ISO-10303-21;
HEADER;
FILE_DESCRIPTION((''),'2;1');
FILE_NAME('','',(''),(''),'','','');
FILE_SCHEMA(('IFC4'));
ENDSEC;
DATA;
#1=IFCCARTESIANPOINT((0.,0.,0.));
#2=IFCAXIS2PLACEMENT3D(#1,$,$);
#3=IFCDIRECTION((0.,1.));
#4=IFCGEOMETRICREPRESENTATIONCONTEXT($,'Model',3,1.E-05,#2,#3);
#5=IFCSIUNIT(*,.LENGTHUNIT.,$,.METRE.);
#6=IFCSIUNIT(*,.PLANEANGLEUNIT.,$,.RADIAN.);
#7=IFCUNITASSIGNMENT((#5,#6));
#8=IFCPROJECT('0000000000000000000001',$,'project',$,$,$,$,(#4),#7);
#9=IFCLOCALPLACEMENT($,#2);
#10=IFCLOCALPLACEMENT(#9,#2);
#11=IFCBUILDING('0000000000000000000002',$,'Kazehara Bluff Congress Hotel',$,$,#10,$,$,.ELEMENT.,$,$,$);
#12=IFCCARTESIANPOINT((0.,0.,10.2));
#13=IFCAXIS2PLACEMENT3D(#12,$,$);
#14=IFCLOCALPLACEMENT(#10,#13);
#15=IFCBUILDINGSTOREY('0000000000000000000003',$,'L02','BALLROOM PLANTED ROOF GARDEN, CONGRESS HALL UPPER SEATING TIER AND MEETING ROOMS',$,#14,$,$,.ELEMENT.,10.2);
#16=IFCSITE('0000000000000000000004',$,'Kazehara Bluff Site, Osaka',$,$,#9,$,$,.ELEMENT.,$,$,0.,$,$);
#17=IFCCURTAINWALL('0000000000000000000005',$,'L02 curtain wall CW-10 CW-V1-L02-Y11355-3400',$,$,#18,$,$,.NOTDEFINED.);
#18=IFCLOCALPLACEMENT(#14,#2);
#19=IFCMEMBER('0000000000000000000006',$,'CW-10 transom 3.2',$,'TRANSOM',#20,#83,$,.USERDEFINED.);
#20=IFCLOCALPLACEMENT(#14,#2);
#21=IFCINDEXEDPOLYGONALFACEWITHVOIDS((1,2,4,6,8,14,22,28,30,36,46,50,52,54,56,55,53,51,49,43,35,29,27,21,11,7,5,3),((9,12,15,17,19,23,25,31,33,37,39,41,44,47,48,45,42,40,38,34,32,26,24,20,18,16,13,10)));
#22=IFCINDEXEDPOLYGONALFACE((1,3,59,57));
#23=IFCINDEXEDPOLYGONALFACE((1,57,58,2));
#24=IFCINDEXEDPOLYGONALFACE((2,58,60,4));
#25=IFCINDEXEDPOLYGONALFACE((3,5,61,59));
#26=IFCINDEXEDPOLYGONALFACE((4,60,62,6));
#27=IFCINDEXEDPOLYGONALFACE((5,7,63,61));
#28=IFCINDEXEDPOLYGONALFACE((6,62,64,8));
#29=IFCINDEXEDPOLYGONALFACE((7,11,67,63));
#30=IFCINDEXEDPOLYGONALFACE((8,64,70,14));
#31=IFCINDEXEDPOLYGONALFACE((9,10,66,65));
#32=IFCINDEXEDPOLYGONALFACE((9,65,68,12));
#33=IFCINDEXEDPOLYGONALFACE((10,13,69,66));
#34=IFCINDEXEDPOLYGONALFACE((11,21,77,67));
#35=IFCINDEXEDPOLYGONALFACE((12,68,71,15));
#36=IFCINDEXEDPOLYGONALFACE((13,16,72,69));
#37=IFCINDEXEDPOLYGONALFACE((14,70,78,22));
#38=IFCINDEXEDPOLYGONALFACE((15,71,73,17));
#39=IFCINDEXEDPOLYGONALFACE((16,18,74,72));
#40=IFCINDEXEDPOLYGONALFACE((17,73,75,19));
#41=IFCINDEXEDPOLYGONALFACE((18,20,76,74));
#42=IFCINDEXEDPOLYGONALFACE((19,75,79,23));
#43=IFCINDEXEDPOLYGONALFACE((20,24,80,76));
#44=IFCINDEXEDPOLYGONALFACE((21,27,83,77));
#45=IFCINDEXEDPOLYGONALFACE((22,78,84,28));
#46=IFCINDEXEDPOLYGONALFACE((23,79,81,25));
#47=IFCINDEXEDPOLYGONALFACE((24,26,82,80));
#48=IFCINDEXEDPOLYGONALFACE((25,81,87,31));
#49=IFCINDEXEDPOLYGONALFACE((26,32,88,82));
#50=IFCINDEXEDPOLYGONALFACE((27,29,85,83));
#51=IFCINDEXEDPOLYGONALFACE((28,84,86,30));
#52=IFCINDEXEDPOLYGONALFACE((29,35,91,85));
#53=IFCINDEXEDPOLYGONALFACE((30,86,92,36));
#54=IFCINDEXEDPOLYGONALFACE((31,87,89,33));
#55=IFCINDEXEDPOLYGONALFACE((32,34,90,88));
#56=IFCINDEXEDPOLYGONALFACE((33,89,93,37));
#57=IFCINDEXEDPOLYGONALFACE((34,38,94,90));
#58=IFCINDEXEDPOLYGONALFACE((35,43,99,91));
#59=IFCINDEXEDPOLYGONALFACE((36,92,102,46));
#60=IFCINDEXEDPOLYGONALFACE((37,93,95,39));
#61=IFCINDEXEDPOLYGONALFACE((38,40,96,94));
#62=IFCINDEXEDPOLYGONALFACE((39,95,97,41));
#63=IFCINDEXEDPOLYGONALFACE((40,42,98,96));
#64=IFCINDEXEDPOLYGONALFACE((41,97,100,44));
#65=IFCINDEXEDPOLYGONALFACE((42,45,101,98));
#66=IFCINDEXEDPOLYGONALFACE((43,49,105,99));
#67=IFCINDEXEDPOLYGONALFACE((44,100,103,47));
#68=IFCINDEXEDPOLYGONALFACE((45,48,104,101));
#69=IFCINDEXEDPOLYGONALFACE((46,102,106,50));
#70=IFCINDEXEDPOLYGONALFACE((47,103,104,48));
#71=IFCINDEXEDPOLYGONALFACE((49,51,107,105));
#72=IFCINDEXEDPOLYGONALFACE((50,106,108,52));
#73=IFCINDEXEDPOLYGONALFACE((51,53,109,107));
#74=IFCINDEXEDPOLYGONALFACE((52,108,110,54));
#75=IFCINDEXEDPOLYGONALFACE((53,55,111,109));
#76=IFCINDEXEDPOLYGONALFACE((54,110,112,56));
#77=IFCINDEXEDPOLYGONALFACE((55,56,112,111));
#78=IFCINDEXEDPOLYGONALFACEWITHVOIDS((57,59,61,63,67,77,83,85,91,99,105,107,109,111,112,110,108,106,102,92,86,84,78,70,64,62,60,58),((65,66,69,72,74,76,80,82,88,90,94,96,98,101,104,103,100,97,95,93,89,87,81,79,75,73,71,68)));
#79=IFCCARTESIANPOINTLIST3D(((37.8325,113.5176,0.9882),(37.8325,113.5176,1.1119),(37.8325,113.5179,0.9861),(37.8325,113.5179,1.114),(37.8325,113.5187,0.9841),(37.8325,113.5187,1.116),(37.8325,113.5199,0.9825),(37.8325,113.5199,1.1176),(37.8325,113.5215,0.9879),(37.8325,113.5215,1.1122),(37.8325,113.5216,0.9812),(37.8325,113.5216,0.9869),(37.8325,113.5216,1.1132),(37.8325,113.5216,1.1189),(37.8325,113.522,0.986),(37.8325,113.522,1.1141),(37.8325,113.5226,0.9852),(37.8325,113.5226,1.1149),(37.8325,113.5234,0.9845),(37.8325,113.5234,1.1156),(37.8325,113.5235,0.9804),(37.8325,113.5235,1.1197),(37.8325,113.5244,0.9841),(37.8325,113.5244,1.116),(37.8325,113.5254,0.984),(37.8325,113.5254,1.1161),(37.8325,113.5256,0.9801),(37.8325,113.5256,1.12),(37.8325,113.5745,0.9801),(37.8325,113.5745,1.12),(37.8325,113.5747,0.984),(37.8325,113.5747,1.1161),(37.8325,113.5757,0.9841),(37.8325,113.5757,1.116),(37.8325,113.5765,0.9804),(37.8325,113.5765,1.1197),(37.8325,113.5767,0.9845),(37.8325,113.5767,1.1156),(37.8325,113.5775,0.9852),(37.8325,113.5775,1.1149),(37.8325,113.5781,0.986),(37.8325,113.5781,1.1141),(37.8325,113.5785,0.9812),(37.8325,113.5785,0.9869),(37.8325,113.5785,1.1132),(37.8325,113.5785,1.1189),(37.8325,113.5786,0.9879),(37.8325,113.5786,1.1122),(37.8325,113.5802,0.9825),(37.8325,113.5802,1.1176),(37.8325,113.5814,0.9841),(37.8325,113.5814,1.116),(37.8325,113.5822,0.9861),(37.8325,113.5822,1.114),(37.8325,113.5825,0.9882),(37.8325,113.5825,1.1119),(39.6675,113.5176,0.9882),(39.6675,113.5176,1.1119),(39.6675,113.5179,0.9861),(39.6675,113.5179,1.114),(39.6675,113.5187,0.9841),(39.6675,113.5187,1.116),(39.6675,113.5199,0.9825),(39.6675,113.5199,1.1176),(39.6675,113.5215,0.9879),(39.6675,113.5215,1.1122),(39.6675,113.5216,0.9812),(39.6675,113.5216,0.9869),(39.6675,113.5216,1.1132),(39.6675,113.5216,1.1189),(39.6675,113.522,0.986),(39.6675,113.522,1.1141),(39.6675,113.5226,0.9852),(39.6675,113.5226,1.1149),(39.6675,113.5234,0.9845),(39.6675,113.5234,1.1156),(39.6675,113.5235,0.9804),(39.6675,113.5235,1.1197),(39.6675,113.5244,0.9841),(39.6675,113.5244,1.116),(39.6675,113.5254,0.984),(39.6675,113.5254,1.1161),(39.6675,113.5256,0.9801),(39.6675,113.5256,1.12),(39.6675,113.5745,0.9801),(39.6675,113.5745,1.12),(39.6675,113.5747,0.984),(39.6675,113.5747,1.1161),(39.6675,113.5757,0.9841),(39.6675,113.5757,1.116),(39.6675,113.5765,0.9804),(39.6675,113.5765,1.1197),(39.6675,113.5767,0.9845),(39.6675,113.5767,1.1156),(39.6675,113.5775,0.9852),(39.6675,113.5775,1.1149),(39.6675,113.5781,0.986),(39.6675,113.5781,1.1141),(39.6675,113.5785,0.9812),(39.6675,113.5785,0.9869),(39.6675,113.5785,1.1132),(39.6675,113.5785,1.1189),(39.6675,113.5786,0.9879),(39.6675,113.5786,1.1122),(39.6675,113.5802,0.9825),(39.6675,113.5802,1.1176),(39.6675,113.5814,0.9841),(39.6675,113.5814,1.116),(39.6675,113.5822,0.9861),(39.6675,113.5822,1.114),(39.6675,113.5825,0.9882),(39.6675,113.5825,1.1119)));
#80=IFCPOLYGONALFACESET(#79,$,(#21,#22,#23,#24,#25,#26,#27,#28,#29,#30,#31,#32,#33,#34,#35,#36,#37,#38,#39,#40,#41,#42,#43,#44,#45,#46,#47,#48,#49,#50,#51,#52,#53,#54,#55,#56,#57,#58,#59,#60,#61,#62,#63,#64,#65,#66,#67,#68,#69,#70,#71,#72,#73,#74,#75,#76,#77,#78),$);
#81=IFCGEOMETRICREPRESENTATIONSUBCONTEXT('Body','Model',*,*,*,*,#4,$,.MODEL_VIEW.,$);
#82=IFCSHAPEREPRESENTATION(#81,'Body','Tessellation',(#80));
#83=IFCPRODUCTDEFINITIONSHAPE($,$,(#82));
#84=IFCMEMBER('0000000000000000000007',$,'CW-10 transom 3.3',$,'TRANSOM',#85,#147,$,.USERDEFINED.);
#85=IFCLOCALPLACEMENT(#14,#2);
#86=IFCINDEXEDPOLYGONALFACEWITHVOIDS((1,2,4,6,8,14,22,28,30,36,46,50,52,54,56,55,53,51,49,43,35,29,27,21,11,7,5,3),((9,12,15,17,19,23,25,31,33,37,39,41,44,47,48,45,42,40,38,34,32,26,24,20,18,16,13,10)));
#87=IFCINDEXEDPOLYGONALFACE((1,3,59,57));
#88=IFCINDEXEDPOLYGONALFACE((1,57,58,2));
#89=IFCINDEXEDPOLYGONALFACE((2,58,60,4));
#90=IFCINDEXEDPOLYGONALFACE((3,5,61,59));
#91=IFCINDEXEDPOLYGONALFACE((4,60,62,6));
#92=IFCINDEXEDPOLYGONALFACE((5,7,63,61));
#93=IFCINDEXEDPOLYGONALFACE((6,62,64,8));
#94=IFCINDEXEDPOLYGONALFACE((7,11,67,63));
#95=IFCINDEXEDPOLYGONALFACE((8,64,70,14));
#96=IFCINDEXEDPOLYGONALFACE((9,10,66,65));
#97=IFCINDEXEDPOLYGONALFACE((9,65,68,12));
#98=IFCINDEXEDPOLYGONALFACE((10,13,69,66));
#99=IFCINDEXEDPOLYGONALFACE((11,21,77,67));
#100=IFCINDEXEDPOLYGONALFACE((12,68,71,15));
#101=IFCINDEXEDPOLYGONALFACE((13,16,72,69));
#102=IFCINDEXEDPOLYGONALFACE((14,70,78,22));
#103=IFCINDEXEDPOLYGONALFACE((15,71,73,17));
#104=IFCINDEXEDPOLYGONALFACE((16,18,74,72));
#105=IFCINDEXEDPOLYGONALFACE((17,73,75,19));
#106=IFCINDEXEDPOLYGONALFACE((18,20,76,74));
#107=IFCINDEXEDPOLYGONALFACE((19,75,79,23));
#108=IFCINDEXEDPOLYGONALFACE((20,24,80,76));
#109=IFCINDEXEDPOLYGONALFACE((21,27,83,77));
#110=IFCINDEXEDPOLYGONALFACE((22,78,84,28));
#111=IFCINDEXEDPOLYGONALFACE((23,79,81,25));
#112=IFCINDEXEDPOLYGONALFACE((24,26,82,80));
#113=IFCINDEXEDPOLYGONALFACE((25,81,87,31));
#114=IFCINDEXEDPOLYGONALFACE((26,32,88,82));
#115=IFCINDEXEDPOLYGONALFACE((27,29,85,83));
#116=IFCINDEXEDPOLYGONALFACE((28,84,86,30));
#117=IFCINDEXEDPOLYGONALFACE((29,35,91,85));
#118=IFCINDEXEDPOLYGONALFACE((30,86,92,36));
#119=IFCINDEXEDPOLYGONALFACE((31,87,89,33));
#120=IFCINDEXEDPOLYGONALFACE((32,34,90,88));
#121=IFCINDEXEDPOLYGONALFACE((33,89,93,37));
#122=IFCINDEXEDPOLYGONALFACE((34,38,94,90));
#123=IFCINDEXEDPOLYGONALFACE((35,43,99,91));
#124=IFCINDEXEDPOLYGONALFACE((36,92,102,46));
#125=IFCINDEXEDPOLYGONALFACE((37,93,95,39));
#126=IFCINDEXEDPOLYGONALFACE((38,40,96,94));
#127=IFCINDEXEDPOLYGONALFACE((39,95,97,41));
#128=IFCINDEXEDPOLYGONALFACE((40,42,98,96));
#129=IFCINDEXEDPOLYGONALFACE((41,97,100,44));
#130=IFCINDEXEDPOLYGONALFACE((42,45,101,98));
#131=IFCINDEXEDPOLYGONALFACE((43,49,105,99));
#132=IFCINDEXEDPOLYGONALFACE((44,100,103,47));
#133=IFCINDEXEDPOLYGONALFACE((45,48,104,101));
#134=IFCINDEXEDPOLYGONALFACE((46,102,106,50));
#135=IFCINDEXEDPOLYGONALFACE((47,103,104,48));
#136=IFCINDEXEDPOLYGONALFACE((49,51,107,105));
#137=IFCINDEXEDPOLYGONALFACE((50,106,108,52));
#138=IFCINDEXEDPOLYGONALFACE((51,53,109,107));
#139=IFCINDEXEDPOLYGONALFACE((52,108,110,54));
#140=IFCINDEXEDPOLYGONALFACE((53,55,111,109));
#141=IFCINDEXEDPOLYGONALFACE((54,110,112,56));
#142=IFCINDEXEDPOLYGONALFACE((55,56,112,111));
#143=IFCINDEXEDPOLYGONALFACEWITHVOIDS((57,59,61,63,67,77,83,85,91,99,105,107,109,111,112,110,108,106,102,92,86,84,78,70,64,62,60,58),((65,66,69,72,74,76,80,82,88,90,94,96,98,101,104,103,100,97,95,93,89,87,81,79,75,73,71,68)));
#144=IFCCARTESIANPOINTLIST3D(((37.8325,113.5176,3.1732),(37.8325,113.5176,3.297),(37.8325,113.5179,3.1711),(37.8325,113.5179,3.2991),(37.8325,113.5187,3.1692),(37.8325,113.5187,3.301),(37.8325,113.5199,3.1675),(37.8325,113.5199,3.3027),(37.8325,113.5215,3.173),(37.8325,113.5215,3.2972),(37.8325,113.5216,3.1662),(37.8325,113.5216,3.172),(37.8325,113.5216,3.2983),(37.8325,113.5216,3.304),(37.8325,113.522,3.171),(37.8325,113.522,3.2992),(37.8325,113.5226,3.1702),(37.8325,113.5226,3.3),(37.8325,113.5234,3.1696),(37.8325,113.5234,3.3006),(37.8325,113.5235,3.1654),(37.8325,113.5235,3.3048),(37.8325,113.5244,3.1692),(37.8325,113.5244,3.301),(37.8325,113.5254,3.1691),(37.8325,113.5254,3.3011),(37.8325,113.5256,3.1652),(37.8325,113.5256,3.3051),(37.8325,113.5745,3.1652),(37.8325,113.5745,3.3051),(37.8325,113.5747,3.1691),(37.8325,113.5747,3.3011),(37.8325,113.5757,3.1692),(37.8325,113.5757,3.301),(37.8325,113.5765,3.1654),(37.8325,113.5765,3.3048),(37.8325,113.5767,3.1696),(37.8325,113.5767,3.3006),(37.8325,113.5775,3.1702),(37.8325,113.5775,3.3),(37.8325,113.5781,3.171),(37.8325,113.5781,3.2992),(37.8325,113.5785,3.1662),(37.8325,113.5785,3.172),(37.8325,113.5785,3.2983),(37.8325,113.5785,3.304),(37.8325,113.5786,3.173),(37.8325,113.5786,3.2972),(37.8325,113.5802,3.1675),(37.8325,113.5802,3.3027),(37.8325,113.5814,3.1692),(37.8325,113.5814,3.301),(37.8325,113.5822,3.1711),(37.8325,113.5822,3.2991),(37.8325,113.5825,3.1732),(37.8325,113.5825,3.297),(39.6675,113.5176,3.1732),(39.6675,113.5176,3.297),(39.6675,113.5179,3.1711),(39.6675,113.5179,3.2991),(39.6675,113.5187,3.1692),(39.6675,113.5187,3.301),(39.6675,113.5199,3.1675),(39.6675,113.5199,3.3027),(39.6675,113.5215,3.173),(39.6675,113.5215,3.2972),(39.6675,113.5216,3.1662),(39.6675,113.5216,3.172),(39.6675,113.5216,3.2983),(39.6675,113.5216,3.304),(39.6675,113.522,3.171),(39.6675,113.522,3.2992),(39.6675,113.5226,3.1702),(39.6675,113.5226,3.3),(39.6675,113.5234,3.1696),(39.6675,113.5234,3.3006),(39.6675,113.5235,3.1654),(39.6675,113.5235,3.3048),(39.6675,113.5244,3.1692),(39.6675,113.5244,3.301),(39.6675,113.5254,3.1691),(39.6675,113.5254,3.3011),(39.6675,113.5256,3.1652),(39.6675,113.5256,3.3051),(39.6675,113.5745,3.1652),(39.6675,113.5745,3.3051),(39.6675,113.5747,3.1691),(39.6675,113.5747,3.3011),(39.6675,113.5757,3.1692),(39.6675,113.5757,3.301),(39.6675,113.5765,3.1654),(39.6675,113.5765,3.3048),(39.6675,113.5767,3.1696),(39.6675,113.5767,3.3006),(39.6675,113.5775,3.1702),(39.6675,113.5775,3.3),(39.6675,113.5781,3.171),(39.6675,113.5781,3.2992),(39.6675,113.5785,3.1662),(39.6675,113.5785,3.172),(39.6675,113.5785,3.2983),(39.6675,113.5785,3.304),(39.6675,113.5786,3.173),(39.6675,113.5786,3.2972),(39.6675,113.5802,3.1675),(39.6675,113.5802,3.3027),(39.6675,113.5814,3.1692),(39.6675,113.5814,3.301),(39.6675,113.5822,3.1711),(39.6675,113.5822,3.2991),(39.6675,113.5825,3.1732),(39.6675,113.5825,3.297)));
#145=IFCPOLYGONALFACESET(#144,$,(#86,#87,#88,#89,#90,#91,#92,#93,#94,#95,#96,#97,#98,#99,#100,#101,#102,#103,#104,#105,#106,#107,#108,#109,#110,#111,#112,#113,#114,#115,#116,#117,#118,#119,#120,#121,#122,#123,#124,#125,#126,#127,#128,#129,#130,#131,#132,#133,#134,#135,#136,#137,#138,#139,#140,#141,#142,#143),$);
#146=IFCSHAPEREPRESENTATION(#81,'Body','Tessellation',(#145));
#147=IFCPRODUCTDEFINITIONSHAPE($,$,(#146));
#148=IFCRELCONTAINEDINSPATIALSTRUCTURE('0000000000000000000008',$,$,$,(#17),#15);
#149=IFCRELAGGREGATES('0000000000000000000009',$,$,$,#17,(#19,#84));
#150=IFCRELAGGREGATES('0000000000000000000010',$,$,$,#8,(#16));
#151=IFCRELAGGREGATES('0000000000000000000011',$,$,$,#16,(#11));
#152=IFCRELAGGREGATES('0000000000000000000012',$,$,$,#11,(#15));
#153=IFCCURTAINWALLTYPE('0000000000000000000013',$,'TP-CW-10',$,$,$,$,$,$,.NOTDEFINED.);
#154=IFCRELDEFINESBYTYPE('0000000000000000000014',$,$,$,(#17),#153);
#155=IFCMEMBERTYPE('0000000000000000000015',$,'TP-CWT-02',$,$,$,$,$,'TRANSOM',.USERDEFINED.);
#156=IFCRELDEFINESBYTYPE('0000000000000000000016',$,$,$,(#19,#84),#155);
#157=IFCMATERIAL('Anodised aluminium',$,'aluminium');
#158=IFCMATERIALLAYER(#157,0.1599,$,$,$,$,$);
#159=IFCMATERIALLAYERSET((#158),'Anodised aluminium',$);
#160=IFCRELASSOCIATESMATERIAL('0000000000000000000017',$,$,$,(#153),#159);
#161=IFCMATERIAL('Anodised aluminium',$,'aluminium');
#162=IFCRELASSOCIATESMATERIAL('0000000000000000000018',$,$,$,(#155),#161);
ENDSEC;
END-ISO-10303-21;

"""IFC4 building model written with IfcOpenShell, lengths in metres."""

from ifc_helpers import new_model, si_unit, direction, frame, origin, origin_2d, place, context, subcontext, project, spatial, hollow_rectangle, extrude, material, layer, layer_set, material_profile, profile_set, type_object, element, aggregate, save


model = new_model("IFC4")

# Units and contexts
model_context = context("Model", 3, precision=1e-05, world=origin(), true_north=direction((0.0, 1.0)))
body_context = subcontext(model_context, "Body", "Model", "MODEL_VIEW")
ifc_project = project(units=[si_unit("LENGTHUNIT", "METRE"), si_unit("PLANEANGLEUNIT", "RADIAN")], contexts=[model_context])

# Site, building, storey
site_placement = place(None, origin())
site = spatial("IfcSite", under=ifc_project, at=site_placement, Name="Kazehara Bluff Site, Osaka", CompositionType="ELEMENT", RefElevation=0.0)
building_placement = place(site_placement, origin())
building = spatial("IfcBuilding", under=site, at=building_placement, Name="Kazehara Bluff Congress Hotel", CompositionType="ELEMENT")
storey_placement = place(building_placement, frame((0.0, 0.0, 10.2)))
storey = spatial("IfcBuildingStorey", under=building, at=storey_placement, Name="L02", Description="BALLROOM PLANTED ROOF GARDEN, CONGRESS HALL UPPER SEATING TIER AND MEETING ROOMS", CompositionType="ELEMENT", Elevation=10.2)

# Curtain wall, members
ifc_material_1 = material(Name="Anodised aluminium", Category="aluminium")
ifc_layer_1 = layer(ifc_material_1, 0.1599)
ifc_layer_set_1 = layer_set([ifc_layer_1], Name="Anodised aluminium")
curtain_wall_type = type_object("IfcCurtainWallType", Name="TP-CW-10", PredefinedType="NOTDEFINED", material=ifc_layer_set_1)
curtain_wall_placement = place(storey_placement, origin())
curtain_wall = element("IfcCurtainWall", 1, at=curtain_wall_placement, inside=storey, type_object=curtain_wall_type, Name="L02 curtain wall CW-10 CW-V1-L02-Y11355-3400", PredefinedType="NOTDEFINED")
ifc_material_2 = material(Name="Anodised aluminium", Category="aluminium")
ifc_material_profile_1 = material_profile(ifc_material_2, hollow_rectangle(XDim=0.0649, YDim=0.1399, WallThickness=0.0039, InnerFilletRadius=0.0039, OuterFilletRadius=0.0081, at=origin_2d()))
ifc_profile_set_1 = profile_set([ifc_material_profile_1], Name="Anodised aluminium")
member_type_1 = type_object("IfcMemberType", Name="TP-CWT-02", ElementType="TRANSOM", PredefinedType="USERDEFINED", material=ifc_profile_set_1)
member_1_placement = place(storey_placement, frame((37.8325, 113.55, 1.05), z_axis=(1.0, 0.0, 0.0), x_axis=(0.0, 1.0, 0.0)))
member_1 = element("IfcMember", 2, at=member_1_placement, type_object=member_type_1, Name="CW-10 transom 3.2", ObjectType="TRANSOM", PredefinedType="USERDEFINED", context=body_context, shape_type="SweptSolid", body=[
    extrude(hollow_rectangle(XDim=0.0649, YDim=0.1399, WallThickness=0.0039, InnerFilletRadius=0.0039, OuterFilletRadius=0.0081, at=origin_2d()), origin(), (0.0, 0.0, 1.0), 1.835),
])
member_2_placement = place(storey_placement, frame((37.8325, 113.55, 3.2351), z_axis=(1.0, 0.0, 0.0), x_axis=(0.0, 1.0, 0.0)))
member_2 = element("IfcMember", 3, at=member_2_placement, type_object=member_type_1, Name="CW-10 transom 3.3", ObjectType="TRANSOM", PredefinedType="USERDEFINED", context=body_context, shape_type="SweptSolid", body=[
    extrude(hollow_rectangle(XDim=0.0649, YDim=0.1399, WallThickness=0.0039, InnerFilletRadius=0.0039, OuterFilletRadius=0.0081, at=origin_2d()), origin(), (0.0, 0.0, 1.0), 1.835),
])
aggregate(curtain_wall, [member_1, member_2])

save(model, "model.ifc")
